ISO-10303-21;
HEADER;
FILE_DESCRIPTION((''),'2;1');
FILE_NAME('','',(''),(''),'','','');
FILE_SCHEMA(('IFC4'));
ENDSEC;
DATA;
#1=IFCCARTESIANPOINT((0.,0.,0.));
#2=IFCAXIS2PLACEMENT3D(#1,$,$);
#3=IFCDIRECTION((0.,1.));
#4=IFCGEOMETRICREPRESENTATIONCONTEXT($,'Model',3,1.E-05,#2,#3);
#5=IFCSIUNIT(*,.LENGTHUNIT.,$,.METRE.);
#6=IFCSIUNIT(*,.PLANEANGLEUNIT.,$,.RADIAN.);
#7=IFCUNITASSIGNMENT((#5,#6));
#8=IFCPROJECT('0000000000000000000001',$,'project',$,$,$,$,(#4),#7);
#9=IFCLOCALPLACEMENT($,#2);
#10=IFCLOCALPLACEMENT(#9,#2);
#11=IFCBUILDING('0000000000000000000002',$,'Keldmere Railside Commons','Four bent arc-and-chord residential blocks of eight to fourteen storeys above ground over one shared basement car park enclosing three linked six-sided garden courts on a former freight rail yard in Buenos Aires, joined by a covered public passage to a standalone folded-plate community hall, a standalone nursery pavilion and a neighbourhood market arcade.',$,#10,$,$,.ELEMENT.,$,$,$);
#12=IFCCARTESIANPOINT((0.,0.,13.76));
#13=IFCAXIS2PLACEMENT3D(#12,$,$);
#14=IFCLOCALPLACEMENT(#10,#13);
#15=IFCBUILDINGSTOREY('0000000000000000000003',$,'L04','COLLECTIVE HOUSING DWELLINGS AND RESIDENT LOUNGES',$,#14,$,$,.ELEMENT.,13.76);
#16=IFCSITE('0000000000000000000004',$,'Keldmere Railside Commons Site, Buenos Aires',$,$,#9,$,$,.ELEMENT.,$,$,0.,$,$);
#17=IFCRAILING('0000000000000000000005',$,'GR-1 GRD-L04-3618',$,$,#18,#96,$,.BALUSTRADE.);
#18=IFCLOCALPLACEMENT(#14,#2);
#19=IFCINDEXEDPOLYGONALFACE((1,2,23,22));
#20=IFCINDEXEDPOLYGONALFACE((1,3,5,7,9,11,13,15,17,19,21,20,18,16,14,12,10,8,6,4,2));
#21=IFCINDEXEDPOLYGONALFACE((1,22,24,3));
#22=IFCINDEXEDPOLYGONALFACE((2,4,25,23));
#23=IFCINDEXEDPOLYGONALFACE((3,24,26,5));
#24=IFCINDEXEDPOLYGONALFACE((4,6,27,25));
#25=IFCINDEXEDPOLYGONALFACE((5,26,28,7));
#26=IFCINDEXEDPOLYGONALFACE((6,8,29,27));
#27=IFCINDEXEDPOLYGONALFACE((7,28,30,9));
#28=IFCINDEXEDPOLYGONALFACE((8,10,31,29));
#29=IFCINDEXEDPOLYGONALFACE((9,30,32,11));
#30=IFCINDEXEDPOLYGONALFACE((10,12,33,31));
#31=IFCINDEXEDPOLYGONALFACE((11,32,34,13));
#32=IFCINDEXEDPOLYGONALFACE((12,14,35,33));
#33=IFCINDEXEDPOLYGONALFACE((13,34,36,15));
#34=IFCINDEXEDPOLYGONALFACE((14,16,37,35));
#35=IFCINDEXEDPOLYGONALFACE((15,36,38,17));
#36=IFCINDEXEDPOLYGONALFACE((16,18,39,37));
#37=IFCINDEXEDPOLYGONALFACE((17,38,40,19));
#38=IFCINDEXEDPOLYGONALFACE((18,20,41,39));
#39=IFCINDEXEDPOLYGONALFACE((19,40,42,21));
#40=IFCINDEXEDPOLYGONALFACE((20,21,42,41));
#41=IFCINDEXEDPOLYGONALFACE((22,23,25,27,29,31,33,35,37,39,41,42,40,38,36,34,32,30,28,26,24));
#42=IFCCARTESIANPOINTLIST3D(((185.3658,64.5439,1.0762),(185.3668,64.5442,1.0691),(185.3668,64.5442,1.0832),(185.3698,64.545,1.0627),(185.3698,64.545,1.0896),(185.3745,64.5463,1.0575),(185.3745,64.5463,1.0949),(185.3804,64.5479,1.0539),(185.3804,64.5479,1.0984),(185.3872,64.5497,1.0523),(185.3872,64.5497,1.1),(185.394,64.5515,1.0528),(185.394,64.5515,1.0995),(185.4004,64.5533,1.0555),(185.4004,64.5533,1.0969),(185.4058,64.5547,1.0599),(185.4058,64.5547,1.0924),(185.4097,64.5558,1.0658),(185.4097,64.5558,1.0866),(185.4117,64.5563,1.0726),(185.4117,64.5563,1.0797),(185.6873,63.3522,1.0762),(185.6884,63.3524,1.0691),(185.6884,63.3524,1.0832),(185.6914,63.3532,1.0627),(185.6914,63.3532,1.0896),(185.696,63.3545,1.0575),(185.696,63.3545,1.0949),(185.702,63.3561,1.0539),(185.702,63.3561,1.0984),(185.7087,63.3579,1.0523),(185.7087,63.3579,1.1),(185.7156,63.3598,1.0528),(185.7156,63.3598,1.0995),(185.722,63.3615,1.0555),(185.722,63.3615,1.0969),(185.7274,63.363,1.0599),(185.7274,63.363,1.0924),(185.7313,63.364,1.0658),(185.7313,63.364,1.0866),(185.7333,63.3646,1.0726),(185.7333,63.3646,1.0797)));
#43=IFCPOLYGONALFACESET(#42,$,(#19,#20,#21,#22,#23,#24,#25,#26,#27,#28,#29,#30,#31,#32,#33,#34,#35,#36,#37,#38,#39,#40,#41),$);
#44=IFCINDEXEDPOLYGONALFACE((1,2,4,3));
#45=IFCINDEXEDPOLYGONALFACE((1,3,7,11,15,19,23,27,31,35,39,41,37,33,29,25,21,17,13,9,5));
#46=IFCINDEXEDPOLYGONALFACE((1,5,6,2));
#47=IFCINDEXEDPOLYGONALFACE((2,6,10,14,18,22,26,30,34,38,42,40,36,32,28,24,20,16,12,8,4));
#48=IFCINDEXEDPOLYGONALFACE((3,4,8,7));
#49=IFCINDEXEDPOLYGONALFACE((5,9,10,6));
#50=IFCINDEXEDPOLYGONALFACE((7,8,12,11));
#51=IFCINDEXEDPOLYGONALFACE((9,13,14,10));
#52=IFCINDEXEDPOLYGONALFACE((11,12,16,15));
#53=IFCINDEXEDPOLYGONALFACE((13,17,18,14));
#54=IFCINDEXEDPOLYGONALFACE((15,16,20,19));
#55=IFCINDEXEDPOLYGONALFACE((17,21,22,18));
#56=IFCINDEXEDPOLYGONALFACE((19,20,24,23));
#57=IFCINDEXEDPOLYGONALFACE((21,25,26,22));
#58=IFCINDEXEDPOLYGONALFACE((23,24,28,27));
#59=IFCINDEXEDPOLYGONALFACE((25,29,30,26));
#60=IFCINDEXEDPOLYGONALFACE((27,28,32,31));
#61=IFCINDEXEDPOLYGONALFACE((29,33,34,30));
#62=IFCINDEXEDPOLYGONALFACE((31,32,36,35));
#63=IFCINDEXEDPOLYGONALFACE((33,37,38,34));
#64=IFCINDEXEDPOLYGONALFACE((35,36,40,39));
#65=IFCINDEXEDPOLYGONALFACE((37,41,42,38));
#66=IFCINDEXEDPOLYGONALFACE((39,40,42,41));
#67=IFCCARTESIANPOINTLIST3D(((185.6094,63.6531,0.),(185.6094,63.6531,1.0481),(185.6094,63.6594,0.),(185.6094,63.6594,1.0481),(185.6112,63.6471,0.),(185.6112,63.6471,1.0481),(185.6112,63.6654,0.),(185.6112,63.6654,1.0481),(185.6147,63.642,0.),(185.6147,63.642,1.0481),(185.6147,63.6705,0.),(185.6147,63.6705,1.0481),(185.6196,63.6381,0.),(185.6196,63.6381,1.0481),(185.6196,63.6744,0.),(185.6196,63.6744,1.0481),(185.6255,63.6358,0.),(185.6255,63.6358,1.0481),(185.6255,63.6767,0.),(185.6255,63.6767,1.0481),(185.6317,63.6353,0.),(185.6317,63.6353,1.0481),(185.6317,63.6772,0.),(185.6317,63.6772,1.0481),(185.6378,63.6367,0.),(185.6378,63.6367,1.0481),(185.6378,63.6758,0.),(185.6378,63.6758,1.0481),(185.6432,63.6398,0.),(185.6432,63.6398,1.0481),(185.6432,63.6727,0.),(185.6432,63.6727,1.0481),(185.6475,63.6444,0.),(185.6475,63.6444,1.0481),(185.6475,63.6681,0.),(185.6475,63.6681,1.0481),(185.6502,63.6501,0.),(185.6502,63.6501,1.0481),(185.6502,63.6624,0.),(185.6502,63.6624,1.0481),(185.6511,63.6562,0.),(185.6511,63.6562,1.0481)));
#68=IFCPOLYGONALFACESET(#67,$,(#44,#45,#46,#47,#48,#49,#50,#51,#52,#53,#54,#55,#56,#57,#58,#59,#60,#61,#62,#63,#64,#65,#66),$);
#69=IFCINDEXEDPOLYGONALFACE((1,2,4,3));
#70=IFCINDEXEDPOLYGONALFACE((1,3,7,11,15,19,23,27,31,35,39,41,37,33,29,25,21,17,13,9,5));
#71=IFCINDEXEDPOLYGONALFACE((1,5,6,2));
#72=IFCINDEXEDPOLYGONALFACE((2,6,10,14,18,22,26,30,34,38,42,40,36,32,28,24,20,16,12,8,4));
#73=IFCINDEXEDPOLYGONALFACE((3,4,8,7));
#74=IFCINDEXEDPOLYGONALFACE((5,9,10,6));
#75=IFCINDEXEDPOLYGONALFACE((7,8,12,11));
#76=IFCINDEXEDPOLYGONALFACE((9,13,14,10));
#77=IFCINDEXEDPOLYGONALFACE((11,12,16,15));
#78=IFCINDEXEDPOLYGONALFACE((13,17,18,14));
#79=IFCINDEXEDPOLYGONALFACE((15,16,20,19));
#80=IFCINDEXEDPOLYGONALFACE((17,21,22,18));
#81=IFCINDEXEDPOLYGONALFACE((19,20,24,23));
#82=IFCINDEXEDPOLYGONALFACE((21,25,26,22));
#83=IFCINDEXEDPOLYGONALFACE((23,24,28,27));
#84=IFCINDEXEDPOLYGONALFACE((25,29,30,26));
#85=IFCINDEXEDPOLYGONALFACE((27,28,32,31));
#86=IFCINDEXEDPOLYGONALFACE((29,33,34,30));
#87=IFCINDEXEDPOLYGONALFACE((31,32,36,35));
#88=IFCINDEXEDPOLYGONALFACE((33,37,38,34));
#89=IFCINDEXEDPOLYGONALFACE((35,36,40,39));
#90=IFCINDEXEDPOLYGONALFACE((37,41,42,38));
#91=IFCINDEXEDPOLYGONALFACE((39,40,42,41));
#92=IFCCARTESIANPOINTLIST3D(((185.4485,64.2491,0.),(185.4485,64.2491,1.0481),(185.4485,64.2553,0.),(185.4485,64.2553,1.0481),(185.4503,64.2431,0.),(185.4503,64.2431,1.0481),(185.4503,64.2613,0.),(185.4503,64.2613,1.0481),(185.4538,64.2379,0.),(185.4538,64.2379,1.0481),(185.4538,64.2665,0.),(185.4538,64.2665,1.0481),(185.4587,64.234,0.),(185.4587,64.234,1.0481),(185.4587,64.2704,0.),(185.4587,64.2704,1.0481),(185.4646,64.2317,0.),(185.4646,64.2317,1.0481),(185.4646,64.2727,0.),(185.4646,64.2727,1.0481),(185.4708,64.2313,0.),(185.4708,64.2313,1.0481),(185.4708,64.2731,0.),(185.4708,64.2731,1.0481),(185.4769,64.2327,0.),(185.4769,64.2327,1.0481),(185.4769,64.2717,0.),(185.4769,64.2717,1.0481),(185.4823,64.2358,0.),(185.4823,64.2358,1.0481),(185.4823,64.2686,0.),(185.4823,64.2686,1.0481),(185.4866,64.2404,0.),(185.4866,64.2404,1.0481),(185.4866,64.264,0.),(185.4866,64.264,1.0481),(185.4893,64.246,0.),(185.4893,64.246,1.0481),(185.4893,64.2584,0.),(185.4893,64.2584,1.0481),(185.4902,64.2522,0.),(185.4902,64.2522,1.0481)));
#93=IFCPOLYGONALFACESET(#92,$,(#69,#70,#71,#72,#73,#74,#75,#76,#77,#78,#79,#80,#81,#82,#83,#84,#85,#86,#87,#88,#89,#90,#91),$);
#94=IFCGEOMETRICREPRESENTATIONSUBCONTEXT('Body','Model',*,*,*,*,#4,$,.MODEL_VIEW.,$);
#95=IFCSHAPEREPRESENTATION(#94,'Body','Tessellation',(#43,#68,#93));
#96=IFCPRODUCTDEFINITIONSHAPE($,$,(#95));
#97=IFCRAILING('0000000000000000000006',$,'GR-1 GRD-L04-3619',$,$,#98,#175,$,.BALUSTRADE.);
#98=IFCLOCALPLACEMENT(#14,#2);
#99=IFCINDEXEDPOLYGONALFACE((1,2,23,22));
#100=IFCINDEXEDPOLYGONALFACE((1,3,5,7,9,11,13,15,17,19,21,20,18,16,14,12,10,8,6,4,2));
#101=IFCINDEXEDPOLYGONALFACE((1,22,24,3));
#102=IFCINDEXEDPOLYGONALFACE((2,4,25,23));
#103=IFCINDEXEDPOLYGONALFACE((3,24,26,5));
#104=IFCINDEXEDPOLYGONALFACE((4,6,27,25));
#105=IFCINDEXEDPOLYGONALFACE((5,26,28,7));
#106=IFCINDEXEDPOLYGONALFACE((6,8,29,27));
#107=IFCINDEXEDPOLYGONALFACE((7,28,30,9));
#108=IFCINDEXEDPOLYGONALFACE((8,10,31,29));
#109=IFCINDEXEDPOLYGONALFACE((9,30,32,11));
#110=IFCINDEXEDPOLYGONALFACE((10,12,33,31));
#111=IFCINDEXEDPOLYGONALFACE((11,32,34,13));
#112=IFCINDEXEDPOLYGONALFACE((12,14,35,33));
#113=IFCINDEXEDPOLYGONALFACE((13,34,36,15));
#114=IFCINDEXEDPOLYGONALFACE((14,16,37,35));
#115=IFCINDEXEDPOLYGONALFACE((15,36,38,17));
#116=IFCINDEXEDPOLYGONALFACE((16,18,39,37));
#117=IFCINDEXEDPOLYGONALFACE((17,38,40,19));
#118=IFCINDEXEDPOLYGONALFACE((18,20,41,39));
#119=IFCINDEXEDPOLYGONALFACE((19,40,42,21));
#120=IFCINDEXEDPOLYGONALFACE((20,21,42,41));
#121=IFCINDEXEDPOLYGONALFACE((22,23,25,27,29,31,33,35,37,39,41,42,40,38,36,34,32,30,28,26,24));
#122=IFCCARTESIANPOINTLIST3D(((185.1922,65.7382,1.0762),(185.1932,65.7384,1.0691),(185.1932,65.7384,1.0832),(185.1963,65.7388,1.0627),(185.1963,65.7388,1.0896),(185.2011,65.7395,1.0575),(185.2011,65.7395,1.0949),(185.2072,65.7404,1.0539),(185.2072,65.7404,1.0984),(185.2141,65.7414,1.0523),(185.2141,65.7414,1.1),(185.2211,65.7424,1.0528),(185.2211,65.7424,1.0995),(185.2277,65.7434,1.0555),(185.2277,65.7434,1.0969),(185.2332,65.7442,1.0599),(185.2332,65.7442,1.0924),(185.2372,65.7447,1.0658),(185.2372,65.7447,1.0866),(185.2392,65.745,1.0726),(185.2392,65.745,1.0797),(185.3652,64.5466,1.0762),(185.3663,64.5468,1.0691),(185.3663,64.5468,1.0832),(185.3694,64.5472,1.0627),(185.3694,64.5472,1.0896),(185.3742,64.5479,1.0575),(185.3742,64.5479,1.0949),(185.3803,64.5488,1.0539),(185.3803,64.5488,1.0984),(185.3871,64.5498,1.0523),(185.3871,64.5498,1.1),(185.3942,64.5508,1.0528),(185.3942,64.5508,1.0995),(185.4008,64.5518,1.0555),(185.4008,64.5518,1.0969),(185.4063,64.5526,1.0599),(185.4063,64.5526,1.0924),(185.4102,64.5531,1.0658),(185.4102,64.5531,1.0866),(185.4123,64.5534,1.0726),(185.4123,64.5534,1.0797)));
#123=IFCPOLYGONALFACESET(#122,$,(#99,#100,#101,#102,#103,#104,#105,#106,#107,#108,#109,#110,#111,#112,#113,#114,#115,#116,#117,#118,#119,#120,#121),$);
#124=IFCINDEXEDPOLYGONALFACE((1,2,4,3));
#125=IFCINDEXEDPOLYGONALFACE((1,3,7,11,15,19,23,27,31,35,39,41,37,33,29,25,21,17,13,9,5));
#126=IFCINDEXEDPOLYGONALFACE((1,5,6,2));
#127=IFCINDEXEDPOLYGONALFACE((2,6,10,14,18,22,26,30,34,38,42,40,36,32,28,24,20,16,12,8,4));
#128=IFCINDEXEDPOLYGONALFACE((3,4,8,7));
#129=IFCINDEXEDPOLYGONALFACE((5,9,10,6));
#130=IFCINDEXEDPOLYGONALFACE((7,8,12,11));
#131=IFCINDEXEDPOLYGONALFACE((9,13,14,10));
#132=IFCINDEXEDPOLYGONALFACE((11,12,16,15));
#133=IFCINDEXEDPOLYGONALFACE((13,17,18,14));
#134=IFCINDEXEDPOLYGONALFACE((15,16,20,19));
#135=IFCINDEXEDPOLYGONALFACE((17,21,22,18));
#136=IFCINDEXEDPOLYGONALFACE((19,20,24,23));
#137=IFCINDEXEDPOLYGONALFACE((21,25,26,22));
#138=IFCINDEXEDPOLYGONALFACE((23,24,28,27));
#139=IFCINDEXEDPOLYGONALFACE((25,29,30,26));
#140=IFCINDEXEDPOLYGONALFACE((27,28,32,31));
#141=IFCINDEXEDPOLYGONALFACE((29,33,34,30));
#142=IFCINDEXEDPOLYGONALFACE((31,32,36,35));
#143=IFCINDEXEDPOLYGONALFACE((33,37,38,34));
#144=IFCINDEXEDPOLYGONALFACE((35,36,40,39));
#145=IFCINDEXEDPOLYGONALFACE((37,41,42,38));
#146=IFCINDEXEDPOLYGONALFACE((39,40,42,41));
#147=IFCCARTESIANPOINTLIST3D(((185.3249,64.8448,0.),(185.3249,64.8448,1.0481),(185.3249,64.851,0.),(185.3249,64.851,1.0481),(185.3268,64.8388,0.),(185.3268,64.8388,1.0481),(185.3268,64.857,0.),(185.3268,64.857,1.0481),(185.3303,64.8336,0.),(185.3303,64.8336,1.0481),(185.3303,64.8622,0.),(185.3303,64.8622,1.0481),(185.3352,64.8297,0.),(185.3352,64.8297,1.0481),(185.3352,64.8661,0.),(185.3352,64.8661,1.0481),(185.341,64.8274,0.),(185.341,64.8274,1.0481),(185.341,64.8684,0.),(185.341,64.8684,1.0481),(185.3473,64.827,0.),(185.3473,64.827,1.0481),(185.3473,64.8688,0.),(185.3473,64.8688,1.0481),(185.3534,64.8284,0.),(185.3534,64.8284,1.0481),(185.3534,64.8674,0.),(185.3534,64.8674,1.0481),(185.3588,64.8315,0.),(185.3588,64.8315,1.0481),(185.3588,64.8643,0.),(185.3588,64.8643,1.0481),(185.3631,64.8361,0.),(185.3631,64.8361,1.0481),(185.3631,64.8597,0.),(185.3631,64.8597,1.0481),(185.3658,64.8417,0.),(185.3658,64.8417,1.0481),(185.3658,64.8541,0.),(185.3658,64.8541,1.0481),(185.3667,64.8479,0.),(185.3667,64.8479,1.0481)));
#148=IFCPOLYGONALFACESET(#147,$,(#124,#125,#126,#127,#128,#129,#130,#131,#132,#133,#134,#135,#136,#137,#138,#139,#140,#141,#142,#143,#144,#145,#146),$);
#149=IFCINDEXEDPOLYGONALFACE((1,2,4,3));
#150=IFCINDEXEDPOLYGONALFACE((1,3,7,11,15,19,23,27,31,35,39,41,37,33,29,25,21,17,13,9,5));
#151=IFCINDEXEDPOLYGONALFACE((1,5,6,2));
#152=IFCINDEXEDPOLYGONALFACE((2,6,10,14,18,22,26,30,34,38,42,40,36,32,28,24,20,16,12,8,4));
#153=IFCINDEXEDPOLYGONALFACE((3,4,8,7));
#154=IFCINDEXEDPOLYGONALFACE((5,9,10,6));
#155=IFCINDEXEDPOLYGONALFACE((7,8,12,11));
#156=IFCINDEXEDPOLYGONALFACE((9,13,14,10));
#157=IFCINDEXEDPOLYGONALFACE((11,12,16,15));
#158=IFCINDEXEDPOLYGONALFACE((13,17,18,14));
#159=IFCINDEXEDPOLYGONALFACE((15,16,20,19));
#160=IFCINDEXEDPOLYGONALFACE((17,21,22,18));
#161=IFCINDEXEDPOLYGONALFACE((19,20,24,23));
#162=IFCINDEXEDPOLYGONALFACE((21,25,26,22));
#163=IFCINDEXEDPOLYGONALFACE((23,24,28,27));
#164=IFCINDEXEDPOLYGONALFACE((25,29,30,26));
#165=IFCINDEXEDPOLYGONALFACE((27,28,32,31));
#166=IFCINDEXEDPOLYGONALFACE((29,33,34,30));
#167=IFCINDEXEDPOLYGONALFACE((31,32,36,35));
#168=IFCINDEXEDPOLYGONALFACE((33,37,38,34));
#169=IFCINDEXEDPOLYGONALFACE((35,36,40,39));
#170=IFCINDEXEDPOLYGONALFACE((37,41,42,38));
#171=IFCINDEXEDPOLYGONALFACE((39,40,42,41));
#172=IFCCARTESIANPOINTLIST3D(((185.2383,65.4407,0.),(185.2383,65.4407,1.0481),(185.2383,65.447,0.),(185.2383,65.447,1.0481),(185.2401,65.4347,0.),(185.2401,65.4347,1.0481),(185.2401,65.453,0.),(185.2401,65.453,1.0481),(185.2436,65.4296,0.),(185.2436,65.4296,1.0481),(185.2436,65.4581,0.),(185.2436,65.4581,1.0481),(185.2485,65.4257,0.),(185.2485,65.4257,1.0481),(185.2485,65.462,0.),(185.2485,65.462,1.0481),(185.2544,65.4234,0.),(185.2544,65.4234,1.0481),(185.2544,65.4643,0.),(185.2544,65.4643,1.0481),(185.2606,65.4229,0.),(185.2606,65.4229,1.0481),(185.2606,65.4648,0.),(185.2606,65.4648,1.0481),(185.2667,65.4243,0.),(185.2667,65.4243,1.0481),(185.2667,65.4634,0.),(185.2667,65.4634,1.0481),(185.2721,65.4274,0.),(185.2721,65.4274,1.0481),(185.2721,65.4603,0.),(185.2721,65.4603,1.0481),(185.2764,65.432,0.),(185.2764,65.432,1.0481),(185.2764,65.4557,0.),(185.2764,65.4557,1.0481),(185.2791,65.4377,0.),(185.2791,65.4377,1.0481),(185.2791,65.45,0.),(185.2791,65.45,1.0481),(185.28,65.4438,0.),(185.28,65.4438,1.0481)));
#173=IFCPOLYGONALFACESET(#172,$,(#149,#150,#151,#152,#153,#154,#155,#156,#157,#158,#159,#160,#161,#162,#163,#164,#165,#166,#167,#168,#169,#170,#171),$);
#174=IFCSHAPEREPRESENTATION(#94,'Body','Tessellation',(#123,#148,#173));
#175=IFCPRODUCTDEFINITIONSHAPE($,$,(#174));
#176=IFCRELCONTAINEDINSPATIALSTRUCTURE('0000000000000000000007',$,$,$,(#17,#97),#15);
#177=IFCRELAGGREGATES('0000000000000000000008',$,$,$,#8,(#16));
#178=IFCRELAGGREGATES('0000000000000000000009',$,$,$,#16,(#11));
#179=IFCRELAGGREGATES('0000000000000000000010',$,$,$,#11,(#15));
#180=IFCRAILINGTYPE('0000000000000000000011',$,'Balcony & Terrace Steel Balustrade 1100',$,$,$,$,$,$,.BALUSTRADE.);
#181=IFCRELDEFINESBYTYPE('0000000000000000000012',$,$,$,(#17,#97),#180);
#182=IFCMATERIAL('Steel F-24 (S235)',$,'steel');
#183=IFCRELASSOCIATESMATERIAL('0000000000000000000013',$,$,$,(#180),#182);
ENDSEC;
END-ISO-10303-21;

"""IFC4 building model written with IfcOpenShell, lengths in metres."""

from ifc_helpers import new_model, si_unit, direction, frame, origin, origin_2d, place, context, subcontext, project, spatial, circle, extrude, material, type_object, element, save


model = new_model("IFC4")

# Units and contexts
model_context = context("Model", 3, precision=1e-05, world=origin(), true_north=direction((0.0, 1.0)))
body_context = subcontext(model_context, "Body", "Model", "MODEL_VIEW")
ifc_project = project(units=[si_unit("LENGTHUNIT", "METRE"), si_unit("PLANEANGLEUNIT", "RADIAN")], contexts=[model_context])

# Site, building, storey
site_placement = place(None, origin())
site = spatial("IfcSite", under=ifc_project, at=site_placement, Name="Keldmere Railside Commons Site, Buenos Aires", CompositionType="ELEMENT", RefElevation=0.0)
building_placement = place(site_placement, origin())
building = spatial("IfcBuilding", under=site, at=building_placement, Name="Keldmere Railside Commons", Description="Four bent arc-and-chord residential blocks of eight to fourteen storeys above ground over one shared basement car park enclosing three linked six-sided garden courts on a former freight rail yard in Buenos Aires, joined by a covered public passage to a standalone folded-plate community hall, a standalone nursery pavilion and a neighbourhood market arcade.", CompositionType="ELEMENT")
storey_placement = place(building_placement, frame((0.0, 0.0, 13.76)))
storey = spatial("IfcBuildingStorey", under=building, at=storey_placement, Name="L04", Description="COLLECTIVE HOUSING DWELLINGS AND RESIDENT LOUNGES", CompositionType="ELEMENT", Elevation=13.76)

# Railings
ifc_material_1 = material(Name="Steel F-24 (S235)", Category="steel")
railing_type = type_object("IfcRailingType", Name="Balcony & Terrace Steel Balustrade 1100", PredefinedType="BALUSTRADE", material=ifc_material_1)
railing_1_placement = place(storey_placement, frame((185.7104, 63.3584, 0.0)))
element("IfcRailing", 1, at=railing_1_placement, inside=storey, type_object=railing_type, Name="GR-1 GRD-L04-3618", PredefinedType="BALUSTRADE", context=body_context, shape_type="SweptSolid", body=[
    extrude(circle(Radius=0.0239, at=origin_2d()), frame((0.0, 0.0, 1.0762), z_axis=(-0.260505, 0.965472, 0.0), x_axis=(-0.965472, -0.260505, 0.0)), (0.0, 0.0, 1.0), 1.2344),
    extrude(circle(Radius=0.021, at=origin_2d()), frame((-0.0803, 0.2979, 0.0)), (0.0, 0.0, 1.0), 1.0481),
    extrude(circle(Radius=0.021, at=origin_2d()), frame((-0.2412, 0.8938, 0.0)), (0.0, 0.0, 1.0), 1.0481),
])
railing_2_placement = place(storey_placement, frame((185.3889, 64.55, 0.0)))
element("IfcRailing", 2, at=railing_2_placement, inside=storey, type_object=railing_type, Name="GR-1 GRD-L04-3619", PredefinedType="BALUSTRADE", context=body_context, shape_type="SweptSolid", body=[
    extrude(circle(Radius=0.0239, at=origin_2d()), frame((0.0, 0.0, 1.0762), z_axis=(-0.143749, 0.989614, 0.0), x_axis=(-0.989614, -0.143749, 0.0)), (0.0, 0.0, 1.0), 1.2041),
    extrude(circle(Radius=0.021, at=origin_2d()), frame((-0.0432, 0.2979, 0.0)), (0.0, 0.0, 1.0), 1.0481),
    extrude(circle(Radius=0.021, at=origin_2d()), frame((-0.1299, 0.8938, 0.0)), (0.0, 0.0, 1.0), 1.0481),
])

save(model, "model.ifc")
